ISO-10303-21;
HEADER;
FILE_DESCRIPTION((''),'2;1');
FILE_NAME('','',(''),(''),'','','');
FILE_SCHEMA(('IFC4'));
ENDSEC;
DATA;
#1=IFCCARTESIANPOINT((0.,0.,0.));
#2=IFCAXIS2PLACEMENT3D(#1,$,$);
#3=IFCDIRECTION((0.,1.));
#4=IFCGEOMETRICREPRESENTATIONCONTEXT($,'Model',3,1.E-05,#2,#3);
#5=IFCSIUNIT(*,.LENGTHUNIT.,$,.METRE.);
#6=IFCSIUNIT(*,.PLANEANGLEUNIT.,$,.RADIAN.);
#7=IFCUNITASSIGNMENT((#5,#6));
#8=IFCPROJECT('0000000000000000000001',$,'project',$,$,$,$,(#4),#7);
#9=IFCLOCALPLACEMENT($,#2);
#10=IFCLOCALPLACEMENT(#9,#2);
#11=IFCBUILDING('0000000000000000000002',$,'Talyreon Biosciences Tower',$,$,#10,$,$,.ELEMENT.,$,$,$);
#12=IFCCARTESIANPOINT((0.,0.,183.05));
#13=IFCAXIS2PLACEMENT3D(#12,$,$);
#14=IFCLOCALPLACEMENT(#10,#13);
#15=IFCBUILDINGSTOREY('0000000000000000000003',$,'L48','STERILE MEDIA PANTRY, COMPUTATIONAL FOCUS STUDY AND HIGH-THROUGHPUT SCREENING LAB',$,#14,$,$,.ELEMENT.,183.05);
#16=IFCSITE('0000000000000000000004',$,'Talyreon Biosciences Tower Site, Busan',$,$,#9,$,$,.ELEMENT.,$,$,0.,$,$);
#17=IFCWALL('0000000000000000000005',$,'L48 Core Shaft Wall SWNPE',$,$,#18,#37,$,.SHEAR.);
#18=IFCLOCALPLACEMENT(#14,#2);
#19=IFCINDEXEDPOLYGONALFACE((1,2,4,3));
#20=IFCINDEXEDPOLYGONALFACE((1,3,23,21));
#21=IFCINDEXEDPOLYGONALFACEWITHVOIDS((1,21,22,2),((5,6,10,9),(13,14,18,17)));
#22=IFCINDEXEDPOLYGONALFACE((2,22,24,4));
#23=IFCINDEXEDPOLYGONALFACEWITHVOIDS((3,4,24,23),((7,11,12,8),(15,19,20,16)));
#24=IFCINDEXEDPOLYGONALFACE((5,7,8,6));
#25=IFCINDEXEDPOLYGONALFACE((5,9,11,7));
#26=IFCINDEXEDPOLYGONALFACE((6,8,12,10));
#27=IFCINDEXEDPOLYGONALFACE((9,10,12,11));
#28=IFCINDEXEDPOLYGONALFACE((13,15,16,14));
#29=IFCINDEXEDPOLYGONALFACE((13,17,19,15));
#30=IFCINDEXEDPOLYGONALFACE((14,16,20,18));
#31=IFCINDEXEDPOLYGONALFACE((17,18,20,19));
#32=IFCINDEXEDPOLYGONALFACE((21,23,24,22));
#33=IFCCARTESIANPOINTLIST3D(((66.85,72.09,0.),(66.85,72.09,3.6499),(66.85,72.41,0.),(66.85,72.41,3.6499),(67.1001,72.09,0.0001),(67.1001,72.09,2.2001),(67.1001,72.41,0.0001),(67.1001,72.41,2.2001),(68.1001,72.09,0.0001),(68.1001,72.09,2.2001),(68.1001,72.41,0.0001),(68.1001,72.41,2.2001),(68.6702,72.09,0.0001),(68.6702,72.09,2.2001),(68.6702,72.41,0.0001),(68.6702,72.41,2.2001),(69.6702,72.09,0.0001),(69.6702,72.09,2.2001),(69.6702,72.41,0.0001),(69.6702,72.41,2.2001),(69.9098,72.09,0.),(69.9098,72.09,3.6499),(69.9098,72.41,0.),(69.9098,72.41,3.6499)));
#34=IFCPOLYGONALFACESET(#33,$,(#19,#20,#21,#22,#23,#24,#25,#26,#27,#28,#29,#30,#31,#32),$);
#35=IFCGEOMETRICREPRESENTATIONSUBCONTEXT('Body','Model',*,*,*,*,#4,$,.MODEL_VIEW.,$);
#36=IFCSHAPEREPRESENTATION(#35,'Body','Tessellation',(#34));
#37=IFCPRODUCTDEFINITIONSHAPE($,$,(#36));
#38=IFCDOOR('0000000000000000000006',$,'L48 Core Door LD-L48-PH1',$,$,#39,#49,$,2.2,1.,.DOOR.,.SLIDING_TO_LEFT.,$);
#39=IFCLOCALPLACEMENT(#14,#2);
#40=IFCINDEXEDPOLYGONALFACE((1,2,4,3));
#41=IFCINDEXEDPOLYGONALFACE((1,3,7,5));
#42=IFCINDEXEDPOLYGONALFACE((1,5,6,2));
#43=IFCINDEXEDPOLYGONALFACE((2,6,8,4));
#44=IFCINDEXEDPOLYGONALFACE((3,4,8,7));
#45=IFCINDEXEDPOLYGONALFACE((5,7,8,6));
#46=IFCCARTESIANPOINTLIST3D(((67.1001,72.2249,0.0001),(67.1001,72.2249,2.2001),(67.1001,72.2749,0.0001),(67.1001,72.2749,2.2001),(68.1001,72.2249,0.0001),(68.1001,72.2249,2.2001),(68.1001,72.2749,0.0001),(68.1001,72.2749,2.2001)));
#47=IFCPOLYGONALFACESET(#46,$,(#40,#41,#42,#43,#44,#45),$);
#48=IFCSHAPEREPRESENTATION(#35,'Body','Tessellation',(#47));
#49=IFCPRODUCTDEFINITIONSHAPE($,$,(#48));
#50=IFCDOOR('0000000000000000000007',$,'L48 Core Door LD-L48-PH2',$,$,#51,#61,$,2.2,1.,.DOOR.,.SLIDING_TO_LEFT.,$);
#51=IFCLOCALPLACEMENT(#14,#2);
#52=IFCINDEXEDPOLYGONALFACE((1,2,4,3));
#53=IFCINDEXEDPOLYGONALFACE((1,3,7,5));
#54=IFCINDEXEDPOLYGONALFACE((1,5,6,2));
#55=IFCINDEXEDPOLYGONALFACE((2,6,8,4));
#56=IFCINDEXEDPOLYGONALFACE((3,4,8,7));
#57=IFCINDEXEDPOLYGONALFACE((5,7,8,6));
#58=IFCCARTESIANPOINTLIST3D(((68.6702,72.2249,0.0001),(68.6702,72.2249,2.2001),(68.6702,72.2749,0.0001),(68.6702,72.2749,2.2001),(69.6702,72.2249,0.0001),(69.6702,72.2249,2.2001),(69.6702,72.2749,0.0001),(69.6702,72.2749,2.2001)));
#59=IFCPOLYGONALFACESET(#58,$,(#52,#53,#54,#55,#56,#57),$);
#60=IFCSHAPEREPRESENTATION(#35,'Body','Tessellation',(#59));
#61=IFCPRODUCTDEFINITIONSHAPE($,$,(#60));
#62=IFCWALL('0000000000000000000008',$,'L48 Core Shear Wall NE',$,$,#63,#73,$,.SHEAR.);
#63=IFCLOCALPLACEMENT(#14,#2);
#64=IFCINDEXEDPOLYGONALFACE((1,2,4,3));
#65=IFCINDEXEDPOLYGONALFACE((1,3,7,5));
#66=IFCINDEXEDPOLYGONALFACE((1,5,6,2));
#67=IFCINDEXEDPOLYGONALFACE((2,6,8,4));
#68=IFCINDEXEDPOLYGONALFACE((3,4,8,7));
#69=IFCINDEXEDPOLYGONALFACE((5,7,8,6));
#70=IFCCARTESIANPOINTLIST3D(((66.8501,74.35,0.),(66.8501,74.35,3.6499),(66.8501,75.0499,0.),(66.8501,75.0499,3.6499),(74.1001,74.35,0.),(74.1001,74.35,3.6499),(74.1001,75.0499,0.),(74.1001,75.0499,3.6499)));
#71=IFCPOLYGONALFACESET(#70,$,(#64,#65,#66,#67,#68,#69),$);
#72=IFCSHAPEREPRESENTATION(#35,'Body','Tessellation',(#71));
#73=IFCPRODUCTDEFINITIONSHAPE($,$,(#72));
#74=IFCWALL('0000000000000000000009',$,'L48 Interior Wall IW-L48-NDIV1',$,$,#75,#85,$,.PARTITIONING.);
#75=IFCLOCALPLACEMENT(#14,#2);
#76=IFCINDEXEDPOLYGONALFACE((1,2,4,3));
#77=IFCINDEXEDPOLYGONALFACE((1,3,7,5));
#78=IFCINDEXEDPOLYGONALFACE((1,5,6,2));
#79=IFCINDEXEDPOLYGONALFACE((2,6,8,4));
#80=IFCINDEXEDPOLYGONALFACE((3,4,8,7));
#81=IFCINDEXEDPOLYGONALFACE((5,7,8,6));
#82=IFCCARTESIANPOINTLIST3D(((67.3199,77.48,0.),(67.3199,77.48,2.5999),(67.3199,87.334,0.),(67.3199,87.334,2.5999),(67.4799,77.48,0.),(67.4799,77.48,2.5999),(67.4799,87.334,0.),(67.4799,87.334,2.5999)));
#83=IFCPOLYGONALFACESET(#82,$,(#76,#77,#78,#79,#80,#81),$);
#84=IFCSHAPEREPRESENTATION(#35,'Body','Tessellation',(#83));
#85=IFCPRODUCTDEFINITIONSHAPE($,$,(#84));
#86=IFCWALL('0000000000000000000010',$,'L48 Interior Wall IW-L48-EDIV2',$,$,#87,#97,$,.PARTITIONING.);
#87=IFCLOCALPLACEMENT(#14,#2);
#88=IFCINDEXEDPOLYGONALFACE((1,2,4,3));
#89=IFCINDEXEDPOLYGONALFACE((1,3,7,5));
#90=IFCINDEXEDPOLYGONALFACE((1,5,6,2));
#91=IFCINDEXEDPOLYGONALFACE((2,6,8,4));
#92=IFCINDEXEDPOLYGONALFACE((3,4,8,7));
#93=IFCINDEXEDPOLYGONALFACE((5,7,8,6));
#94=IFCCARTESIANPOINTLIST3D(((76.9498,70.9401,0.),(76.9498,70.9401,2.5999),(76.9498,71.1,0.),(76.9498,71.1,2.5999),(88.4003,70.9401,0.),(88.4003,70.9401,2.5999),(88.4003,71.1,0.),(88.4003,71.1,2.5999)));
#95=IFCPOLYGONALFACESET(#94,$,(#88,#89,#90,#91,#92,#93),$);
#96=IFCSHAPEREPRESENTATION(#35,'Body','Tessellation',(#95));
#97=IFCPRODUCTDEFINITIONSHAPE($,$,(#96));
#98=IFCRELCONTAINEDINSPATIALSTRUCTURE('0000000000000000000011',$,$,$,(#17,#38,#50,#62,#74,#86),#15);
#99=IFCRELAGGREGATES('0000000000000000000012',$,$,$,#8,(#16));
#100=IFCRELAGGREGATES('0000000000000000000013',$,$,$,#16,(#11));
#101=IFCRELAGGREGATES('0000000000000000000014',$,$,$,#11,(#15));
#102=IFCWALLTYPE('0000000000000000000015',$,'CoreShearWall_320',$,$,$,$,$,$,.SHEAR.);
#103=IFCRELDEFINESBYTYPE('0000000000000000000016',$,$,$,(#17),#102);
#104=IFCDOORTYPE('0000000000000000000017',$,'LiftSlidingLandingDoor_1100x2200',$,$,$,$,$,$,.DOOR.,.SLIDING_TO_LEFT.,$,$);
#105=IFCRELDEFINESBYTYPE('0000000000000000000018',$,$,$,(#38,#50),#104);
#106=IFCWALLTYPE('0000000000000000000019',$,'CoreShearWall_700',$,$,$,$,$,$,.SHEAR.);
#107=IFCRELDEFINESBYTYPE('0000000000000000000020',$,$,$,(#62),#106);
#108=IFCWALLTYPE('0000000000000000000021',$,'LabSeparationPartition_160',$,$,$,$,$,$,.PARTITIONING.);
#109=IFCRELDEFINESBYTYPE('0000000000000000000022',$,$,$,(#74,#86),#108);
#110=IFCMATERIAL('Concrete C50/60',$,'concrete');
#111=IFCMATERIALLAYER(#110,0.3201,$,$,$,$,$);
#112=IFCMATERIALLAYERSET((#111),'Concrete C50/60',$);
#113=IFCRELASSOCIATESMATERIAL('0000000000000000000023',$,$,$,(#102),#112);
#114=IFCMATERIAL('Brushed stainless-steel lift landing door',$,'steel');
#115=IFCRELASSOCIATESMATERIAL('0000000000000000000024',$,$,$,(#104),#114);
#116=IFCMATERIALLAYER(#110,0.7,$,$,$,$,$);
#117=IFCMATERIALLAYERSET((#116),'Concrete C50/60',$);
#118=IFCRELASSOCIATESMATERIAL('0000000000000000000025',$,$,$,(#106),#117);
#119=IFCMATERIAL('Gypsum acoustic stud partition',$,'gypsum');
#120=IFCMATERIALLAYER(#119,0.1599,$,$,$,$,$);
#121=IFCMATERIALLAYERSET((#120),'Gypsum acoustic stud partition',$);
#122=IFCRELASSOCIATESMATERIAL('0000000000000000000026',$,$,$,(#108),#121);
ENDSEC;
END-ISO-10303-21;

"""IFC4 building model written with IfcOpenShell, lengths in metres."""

from ifc_helpers import new_model, si_unit, direction, frame, frame_2d, origin, place, context, subcontext, project, spatial, rectangle, extrude, material, layer, layer_set, type_object, element, fill, save


model = new_model("IFC4")

# Units and contexts
model_context = context("Model", 3, precision=1e-05, world=origin(), true_north=direction((0.0, 1.0)))
body_context = subcontext(model_context, "Body", "Model", "MODEL_VIEW")
ifc_project = project(units=[si_unit("LENGTHUNIT", "METRE"), si_unit("PLANEANGLEUNIT", "RADIAN")], contexts=[model_context])

# Site, building, storey
site_placement = place(None, origin())
site = spatial("IfcSite", under=ifc_project, at=site_placement, Name="Talyreon Biosciences Tower Site, Busan", CompositionType="ELEMENT", RefElevation=0.0)
building_placement = place(site_placement, origin())
building = spatial("IfcBuilding", under=site, at=building_placement, Name="Talyreon Biosciences Tower", CompositionType="ELEMENT")
storey_placement = place(building_placement, frame((0.0, 0.0, 183.05)))
storey = spatial("IfcBuildingStorey", under=building, at=storey_placement, Name="L48", Description="STERILE MEDIA PANTRY, COMPUTATIONAL FOCUS STUDY AND HIGH-THROUGHPUT SCREENING LAB", CompositionType="ELEMENT", Elevation=183.05)

# Shared definitions
ifc_material_1 = material(Name="Concrete C50/60", Category="concrete")

# Shared definitions
ifc_layer_1 = layer(ifc_material_1, 0.3201)
ifc_layer_set_1 = layer_set([ifc_layer_1], Name="Concrete C50/60")
wall_type_1 = type_object("IfcWallType", Name="CoreShearWall_320", PredefinedType="SHEAR", material=ifc_layer_set_1)

# Wall, openings, doors
wall_1_placement = place(storey_placement, frame((66.8501, 72.25, 0.0), z_axis=(0.0, 0.0, 1.0), x_axis=(1.0, 0.0, 0.0)))
wall_1 = element("IfcWall", 1, at=wall_1_placement, inside=storey, type_object=wall_type_1, Name="L48 Core Shaft Wall SWNPE", PredefinedType="SHEAR", context=body_context, shape_type="SweptSolid", body=[
    extrude(rectangle(XDim=3.0598, YDim=0.3201, at=frame_2d((1.5298, 0.0))), origin(), (0.0, 0.0, 1.0), 3.6499),
])
opening_1_placement = place(wall_1_placement, frame((0.25, 0.0, 0.0)))
opening_1 = element("IfcOpeningElement", 2, at=opening_1_placement, cuts=wall_1, PredefinedType="OPENING", context=body_context, shape_type="SweptSolid", body=[
    extrude(rectangle(XDim=1.0, YDim=2.2, at=frame_2d((0.5, 1.1001))), frame((0.0, 0.1699, 0.0), z_axis=(0.0, -1.0, 0.0), x_axis=(1.0, 0.0, 0.0)), (0.0, 0.0, 1.0), 0.3401),
])
opening_2_placement = place(wall_1_placement, frame((1.8201, 0.0, 0.0)))
opening_2 = element("IfcOpeningElement", 3, at=opening_2_placement, cuts=wall_1, PredefinedType="OPENING", context=body_context, shape_type="SweptSolid", body=[
    extrude(rectangle(XDim=1.0, YDim=2.2, at=frame_2d((0.5, 1.1001))), frame((0.0, 0.1699, 0.0), z_axis=(0.0, -1.0, 0.0), x_axis=(1.0, 0.0, 0.0)), (0.0, 0.0, 1.0), 0.3401),
])
ifc_material_2 = material(Name="Brushed stainless-steel lift landing door", Category="steel")
door_type = type_object("IfcDoorType", Name="LiftSlidingLandingDoor_1100x2200", OperationType="SLIDING_TO_LEFT", PredefinedType="DOOR", material=ifc_material_2)
door_1_placement = place(opening_1_placement, origin())
door_1 = element("IfcDoor", 4, at=door_1_placement, inside=storey, type_object=door_type, Name="L48 Core Door LD-L48-PH1", OperationType="SLIDING_TO_LEFT", OverallHeight=2.2, OverallWidth=1.0, PredefinedType="DOOR", context=body_context, shape_type="SweptSolid", body=[
    extrude(rectangle(XDim=1.0, YDim=2.2, at=frame_2d((0.5, 1.1001))), frame((0.0, 0.0249, 0.0), z_axis=(0.0, -1.0, 0.0), x_axis=(1.0, 0.0, 0.0)), (0.0, 0.0, 1.0), 0.05),
])
fill(opening_1, door_1)
door_2_placement = place(opening_2_placement, origin())
door_2 = element("IfcDoor", 5, at=door_2_placement, inside=storey, type_object=door_type, Name="L48 Core Door LD-L48-PH2", OperationType="SLIDING_TO_LEFT", OverallHeight=2.2, OverallWidth=1.0, PredefinedType="DOOR", context=body_context, shape_type="SweptSolid", body=[
    extrude(rectangle(XDim=1.0, YDim=2.2, at=frame_2d((0.5, 1.1001))), frame((0.0, 0.0249, 0.0), z_axis=(0.0, -1.0, 0.0), x_axis=(1.0, 0.0, 0.0)), (0.0, 0.0, 1.0), 0.05),
])
fill(opening_2, door_2)

# Walls
ifc_layer_2 = layer(ifc_material_1, 0.7)
ifc_layer_set_2 = layer_set([ifc_layer_2], Name="Concrete C50/60")
wall_type_2 = type_object("IfcWallType", Name="CoreShearWall_700", PredefinedType="SHEAR", material=ifc_layer_set_2)
wall_2_placement = place(storey_placement, frame((74.1001, 74.7, 0.0), z_axis=(0.0, 0.0, 1.0), x_axis=(-1.0, 0.0, 0.0)))
element("IfcWall", 6, at=wall_2_placement, inside=storey, type_object=wall_type_2, Name="L48 Core Shear Wall NE", PredefinedType="SHEAR", context=body_context, shape_type="SweptSolid", body=[
    extrude(rectangle(XDim=7.25, YDim=0.7, at=frame_2d((3.625, 0.0))), origin(), (0.0, 0.0, 1.0), 3.6499),
])
ifc_material_3 = material(Name="Gypsum acoustic stud partition", Category="gypsum")
ifc_layer_3 = layer(ifc_material_3, 0.1599)
ifc_layer_set_3 = layer_set([ifc_layer_3], Name="Gypsum acoustic stud partition")
wall_type_3 = type_object("IfcWallType", Name="LabSeparationPartition_160", PredefinedType="PARTITIONING", material=ifc_layer_set_3)
wall_3_placement = place(storey_placement, frame((67.3999, 77.48, 0.0), z_axis=(0.0, 0.0, 1.0), x_axis=(0.0, 1.0, 0.0)))
element("IfcWall", 7, at=wall_3_placement, inside=storey, type_object=wall_type_3, Name="L48 Interior Wall IW-L48-NDIV1", PredefinedType="PARTITIONING", context=body_context, shape_type="SweptSolid", body=[
    extrude(rectangle(XDim=9.854, YDim=0.1599, at=frame_2d((4.927, 0.0))), origin(), (0.0, 0.0, 1.0), 2.5999),
])
wall_4_placement = place(storey_placement, frame((76.95, 71.02, 0.0), z_axis=(0.0, 0.0, 1.0), x_axis=(1.0, 0.0, 0.0)))
element("IfcWall", 8, at=wall_4_placement, inside=storey, type_object=wall_type_3, Name="L48 Interior Wall IW-L48-EDIV2", PredefinedType="PARTITIONING", context=body_context, shape_type="SweptSolid", body=[
    extrude(rectangle(XDim=11.4504, YDim=0.1599, at=frame_2d((5.7251, 0.0))), origin(), (0.0, 0.0, 1.0), 2.5999),
])

save(model, "model.ifc")
